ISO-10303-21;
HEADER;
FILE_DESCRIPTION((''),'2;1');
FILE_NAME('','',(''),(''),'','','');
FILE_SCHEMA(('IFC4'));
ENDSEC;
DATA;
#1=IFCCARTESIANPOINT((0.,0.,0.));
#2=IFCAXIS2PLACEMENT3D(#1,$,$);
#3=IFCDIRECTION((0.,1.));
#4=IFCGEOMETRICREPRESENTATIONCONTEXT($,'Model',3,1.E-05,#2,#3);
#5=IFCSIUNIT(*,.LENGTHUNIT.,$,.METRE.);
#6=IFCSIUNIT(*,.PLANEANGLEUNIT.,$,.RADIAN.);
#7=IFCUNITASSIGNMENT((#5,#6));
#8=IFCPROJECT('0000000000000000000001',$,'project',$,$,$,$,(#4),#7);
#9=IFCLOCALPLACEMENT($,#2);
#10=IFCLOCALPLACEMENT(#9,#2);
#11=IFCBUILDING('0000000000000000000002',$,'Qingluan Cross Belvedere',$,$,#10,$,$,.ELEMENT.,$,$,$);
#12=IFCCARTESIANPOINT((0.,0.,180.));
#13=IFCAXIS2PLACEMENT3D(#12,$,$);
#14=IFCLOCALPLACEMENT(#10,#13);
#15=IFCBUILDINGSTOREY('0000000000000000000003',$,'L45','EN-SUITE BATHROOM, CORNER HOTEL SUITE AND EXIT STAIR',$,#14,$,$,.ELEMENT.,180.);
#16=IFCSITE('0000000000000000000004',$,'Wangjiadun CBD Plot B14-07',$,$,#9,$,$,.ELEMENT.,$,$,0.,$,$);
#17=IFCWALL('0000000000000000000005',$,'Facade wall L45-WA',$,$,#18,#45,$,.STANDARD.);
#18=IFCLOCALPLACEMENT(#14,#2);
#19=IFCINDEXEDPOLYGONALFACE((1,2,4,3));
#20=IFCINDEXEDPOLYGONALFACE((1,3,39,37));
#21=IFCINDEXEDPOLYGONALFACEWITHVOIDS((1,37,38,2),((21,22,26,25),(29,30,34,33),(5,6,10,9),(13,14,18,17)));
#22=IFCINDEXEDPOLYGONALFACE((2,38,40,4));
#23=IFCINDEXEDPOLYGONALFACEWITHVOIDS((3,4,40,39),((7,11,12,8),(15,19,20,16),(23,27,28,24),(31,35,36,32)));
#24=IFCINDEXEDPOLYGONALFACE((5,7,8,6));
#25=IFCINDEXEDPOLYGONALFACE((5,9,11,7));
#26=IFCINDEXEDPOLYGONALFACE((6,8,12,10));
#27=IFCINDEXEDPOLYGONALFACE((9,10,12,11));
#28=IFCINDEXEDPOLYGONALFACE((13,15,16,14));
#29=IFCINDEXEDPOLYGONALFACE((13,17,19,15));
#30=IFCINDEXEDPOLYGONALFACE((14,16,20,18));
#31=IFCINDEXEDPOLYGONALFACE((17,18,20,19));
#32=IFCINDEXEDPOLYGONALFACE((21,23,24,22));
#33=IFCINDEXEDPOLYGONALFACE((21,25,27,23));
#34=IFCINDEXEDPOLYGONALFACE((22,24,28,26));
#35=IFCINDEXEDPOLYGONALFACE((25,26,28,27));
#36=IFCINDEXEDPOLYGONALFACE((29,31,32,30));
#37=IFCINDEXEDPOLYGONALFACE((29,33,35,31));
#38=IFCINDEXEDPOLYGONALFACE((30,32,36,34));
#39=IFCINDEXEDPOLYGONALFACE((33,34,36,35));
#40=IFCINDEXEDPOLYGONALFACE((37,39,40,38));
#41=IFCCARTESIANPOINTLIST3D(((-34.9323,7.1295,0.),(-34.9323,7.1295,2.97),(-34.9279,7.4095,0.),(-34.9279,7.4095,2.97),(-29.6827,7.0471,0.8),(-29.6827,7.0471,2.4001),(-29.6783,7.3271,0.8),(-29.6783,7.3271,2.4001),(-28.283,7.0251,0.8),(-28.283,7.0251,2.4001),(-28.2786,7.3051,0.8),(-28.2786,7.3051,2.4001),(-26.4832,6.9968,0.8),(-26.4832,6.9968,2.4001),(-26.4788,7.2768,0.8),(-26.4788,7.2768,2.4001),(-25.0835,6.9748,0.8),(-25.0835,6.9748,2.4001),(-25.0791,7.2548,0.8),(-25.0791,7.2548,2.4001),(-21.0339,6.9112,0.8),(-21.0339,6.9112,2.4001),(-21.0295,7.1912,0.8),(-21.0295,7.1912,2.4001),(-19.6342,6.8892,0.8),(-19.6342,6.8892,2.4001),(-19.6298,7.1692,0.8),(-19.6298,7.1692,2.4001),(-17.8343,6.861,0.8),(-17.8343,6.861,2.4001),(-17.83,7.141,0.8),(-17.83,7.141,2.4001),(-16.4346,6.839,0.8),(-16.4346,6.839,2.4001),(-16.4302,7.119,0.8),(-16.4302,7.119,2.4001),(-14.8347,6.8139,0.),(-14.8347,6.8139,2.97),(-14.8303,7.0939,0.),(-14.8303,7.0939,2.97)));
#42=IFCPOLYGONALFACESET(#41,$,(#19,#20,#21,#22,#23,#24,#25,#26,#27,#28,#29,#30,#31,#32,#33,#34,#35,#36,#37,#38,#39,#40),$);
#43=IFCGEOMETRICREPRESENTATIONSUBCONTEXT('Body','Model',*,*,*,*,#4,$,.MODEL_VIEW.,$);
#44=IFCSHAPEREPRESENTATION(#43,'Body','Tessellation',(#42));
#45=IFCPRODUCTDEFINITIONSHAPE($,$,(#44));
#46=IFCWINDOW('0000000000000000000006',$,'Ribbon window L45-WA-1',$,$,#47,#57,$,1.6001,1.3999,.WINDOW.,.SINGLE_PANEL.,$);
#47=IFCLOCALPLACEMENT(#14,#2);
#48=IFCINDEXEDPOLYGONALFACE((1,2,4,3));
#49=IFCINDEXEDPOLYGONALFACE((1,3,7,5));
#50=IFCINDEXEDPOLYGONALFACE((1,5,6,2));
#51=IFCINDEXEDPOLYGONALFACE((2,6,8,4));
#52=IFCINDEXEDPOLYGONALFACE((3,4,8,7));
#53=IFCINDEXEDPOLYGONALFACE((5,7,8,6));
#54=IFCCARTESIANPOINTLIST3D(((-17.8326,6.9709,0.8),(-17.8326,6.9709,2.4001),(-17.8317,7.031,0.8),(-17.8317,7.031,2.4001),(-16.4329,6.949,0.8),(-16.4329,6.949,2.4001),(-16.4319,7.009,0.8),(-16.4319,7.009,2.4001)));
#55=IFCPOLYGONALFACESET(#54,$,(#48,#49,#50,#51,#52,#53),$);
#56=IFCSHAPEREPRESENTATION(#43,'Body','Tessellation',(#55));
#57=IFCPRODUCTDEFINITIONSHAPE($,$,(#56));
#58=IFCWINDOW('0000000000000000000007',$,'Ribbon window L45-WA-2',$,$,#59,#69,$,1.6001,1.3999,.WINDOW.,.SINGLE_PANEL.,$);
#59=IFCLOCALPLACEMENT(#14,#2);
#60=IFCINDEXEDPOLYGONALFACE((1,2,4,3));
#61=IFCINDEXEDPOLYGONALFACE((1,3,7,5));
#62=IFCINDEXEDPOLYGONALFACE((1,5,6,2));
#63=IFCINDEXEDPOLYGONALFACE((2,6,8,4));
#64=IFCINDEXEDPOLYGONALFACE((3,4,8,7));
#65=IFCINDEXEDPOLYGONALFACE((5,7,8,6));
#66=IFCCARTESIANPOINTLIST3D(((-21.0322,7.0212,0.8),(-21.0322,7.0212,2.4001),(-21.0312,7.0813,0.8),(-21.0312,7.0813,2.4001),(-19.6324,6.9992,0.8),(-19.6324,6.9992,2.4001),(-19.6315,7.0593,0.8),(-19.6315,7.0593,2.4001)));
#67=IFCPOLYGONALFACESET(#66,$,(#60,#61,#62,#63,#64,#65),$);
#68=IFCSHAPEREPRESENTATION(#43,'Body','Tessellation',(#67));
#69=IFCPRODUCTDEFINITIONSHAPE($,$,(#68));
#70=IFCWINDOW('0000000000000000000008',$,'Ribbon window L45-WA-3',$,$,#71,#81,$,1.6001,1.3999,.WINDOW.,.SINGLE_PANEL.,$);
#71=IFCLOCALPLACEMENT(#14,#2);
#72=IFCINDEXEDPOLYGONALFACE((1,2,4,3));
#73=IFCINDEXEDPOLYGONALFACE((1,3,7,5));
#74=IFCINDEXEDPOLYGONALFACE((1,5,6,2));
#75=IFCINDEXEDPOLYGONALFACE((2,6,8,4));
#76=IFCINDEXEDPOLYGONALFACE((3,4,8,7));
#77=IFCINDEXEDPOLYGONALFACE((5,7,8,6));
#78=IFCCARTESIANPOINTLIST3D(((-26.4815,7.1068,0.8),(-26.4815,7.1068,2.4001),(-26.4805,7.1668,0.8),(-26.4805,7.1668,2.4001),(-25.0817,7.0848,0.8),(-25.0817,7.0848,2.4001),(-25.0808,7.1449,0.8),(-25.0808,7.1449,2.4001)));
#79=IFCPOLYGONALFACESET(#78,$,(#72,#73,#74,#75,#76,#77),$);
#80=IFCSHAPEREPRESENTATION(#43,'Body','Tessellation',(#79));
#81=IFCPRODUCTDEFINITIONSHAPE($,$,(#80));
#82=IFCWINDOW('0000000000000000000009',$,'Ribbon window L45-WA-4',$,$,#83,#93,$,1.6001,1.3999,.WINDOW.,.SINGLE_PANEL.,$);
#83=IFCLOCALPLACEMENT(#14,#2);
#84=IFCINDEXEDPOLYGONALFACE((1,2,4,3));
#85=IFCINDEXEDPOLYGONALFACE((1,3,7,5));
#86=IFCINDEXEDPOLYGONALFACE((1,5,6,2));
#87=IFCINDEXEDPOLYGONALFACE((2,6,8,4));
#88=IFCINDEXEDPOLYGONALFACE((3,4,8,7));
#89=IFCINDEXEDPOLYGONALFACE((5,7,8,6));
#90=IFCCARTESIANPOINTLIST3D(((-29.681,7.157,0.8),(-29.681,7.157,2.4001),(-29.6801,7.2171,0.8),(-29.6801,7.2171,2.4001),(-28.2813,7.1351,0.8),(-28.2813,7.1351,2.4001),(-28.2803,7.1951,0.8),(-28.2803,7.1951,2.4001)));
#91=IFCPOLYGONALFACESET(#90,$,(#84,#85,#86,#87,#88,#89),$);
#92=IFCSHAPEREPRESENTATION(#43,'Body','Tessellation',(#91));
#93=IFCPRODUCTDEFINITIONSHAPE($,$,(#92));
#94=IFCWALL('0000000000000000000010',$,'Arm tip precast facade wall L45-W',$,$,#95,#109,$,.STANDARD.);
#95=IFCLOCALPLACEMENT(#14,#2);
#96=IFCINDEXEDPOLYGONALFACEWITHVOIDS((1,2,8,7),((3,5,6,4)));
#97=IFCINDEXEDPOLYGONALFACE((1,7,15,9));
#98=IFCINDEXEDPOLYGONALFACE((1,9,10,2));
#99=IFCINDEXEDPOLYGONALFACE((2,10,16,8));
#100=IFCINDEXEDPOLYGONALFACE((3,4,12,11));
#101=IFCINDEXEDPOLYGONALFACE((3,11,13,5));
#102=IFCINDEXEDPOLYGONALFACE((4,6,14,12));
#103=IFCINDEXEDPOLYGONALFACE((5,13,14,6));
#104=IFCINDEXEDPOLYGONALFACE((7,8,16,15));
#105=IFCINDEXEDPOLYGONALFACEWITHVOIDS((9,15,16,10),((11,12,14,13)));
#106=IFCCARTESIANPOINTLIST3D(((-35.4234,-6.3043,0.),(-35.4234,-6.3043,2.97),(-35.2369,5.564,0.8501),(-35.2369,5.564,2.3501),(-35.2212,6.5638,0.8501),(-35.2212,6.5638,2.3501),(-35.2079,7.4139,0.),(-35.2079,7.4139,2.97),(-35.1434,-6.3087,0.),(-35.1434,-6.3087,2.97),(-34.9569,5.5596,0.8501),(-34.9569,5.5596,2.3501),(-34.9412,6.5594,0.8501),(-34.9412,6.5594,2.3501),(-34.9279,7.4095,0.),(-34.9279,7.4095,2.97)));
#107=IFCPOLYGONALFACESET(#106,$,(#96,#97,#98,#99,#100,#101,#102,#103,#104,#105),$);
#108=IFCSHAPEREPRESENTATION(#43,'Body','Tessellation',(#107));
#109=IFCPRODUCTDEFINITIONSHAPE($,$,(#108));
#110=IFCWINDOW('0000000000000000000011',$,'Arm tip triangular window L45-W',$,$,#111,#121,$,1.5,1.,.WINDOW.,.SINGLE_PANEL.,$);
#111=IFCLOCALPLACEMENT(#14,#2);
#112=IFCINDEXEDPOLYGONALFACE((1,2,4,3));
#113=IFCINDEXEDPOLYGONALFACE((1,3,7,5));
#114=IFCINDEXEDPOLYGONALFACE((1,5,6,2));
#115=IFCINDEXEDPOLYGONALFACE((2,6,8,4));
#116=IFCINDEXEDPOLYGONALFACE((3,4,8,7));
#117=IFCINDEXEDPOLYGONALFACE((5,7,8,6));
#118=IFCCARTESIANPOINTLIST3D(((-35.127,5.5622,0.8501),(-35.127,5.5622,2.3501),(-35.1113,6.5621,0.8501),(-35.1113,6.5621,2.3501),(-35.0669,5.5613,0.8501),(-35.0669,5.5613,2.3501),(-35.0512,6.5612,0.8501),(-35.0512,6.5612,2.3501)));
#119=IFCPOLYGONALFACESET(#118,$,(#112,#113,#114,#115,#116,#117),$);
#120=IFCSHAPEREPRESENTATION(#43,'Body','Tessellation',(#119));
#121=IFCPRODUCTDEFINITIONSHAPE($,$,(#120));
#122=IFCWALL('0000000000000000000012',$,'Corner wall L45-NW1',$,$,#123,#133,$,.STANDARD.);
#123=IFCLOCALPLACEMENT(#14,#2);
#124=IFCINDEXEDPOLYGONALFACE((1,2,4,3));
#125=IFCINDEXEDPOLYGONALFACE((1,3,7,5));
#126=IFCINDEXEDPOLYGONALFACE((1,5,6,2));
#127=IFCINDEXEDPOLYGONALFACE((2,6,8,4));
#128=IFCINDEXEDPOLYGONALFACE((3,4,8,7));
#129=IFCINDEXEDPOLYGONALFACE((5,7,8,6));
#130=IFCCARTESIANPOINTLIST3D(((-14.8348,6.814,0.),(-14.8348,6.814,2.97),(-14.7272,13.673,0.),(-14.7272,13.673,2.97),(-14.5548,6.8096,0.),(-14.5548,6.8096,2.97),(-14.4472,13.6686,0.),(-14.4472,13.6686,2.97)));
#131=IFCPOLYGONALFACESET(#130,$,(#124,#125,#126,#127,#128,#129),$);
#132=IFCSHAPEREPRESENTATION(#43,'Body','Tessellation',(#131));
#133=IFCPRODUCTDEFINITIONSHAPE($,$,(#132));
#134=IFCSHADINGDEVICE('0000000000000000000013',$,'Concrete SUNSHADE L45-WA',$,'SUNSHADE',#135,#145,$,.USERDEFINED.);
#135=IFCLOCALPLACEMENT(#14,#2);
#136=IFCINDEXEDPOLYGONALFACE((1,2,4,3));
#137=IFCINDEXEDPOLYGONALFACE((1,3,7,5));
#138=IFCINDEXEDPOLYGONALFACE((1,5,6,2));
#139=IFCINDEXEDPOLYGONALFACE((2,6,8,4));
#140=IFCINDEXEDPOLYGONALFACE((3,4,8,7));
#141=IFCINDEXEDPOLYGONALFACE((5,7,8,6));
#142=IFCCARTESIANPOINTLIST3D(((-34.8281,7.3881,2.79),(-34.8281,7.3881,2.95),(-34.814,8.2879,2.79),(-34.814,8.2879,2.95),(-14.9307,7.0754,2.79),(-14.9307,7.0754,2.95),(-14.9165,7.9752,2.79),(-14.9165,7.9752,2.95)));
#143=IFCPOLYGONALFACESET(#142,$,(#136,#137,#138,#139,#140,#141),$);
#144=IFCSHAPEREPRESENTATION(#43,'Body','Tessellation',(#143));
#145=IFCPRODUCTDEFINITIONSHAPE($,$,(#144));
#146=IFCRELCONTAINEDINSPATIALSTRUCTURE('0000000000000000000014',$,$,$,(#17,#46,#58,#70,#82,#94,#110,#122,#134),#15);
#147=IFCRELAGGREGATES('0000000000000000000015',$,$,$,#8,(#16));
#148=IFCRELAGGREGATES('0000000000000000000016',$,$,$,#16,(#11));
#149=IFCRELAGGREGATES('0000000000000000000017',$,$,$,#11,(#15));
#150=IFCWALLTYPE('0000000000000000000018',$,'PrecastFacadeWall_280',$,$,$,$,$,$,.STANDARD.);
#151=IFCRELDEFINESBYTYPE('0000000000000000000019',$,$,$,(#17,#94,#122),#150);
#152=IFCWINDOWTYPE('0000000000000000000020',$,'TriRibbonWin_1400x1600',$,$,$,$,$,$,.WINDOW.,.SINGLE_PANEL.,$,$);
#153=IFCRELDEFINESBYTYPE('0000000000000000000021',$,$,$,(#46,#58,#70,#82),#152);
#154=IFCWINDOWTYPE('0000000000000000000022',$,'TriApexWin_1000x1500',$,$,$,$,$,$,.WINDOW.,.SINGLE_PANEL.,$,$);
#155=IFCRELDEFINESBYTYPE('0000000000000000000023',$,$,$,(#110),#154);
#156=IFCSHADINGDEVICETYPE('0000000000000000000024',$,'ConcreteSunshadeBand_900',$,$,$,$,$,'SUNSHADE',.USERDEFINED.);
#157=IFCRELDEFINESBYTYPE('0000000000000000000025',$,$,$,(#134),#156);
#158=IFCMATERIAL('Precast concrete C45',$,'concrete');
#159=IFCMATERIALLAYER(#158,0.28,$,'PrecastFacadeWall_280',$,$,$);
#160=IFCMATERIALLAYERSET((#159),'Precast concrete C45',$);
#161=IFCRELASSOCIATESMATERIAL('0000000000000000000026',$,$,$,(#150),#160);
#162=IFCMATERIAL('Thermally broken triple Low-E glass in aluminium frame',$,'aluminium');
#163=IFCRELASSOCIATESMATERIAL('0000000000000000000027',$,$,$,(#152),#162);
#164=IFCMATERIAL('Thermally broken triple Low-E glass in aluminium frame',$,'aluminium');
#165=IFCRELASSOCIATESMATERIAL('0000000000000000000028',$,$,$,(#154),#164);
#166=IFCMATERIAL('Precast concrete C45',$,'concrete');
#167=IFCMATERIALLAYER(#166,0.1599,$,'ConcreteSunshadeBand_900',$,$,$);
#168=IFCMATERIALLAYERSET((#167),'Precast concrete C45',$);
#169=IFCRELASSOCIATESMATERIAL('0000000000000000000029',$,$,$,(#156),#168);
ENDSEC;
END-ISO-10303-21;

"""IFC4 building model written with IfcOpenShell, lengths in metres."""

from ifc_helpers import new_model, si_unit, direction, frame, frame_2d, origin, origin_2d, place, context, subcontext, project, spatial, rectangle, extrude, material, layer, layer_set, type_object, element, fill, save


model = new_model("IFC4")

# Units and contexts
model_context = context("Model", 3, precision=1e-05, world=origin(), true_north=direction((0.0, 1.0)))
body_context = subcontext(model_context, "Body", "Model", "MODEL_VIEW")
ifc_project = project(units=[si_unit("LENGTHUNIT", "METRE"), si_unit("PLANEANGLEUNIT", "RADIAN")], contexts=[model_context])

# Site, building, storey
site_placement = place(None, origin())
site = spatial("IfcSite", under=ifc_project, at=site_placement, Name="Wangjiadun CBD Plot B14-07", CompositionType="ELEMENT", RefElevation=0.0)
building_placement = place(site_placement, origin())
building = spatial("IfcBuilding", under=site, at=building_placement, Name="Qingluan Cross Belvedere", CompositionType="ELEMENT")
storey_placement = place(building_placement, frame((0.0, 0.0, 180.0)))
storey = spatial("IfcBuildingStorey", under=building, at=storey_placement, Name="L45", Description="EN-SUITE BATHROOM, CORNER HOTEL SUITE AND EXIT STAIR", CompositionType="ELEMENT", Elevation=180.0)

# Wall, openings, windows
ifc_material_1 = material(Name="Precast concrete C45", Category="concrete")
ifc_layer_1 = layer(ifc_material_1, 0.28, Name="PrecastFacadeWall_280")
ifc_layer_set_1 = layer_set([ifc_layer_1], Name="Precast concrete C45")
wall_type_1 = type_object("IfcWallType", Name="PrecastFacadeWall_280", PredefinedType="STANDARD", material=ifc_layer_set_1)
wall_1_placement = place(storey_placement, frame((-14.8325, 6.9539, 0.0), z_axis=(0.0, 0.0, 1.0), x_axis=(-0.999877, 0.015705, 0.0)))
wall_1 = element("IfcWall", 1, at=wall_1_placement, inside=storey, type_object=wall_type_1, Name="Facade wall L45-WA", PredefinedType="STANDARD", context=body_context, shape_type="SweptSolid", body=[
    extrude(rectangle(XDim=20.1001, YDim=0.28, at=frame_2d((10.05, 0.0))), origin(), (0.0, 0.0, 1.0), 2.97),
])
opening_1_placement = place(wall_1_placement, frame((1.6001, 0.0, 0.8)))
opening_1 = element("IfcOpeningElement", 2, at=opening_1_placement, cuts=wall_1, PredefinedType="OPENING", context=body_context, shape_type="SweptSolid", body=[
    extrude(rectangle(XDim=1.3999, YDim=1.6001, at=frame_2d((0.7, 0.8))), frame((0.0, 0.1499, 0.0), z_axis=(0.0, -1.0, 0.0), x_axis=(1.0, 0.0, 0.0)), (0.0, 0.0, 1.0), 0.3),
])
opening_2_placement = place(wall_1_placement, frame((4.8, 0.0, 0.8)))
opening_2 = element("IfcOpeningElement", 3, at=opening_2_placement, cuts=wall_1, PredefinedType="OPENING", context=body_context, shape_type="SweptSolid", body=[
    extrude(rectangle(XDim=1.3999, YDim=1.6001, at=frame_2d((0.7, 0.8))), frame((0.0, 0.1499, 0.0), z_axis=(0.0, -1.0, 0.0), x_axis=(1.0, 0.0, 0.0)), (0.0, 0.0, 1.0), 0.3),
])
opening_3_placement = place(wall_1_placement, frame((10.25, 0.0, 0.8)))
opening_3 = element("IfcOpeningElement", 4, at=opening_3_placement, cuts=wall_1, PredefinedType="OPENING", context=body_context, shape_type="SweptSolid", body=[
    extrude(rectangle(XDim=1.3999, YDim=1.6001, at=frame_2d((0.7, 0.8))), frame((0.0, 0.1499, 0.0), z_axis=(0.0, -1.0, 0.0), x_axis=(1.0, 0.0, 0.0)), (0.0, 0.0, 1.0), 0.3),
])
opening_4_placement = place(wall_1_placement, frame((13.45, 0.0, 0.8)))
opening_4 = element("IfcOpeningElement", 5, at=opening_4_placement, cuts=wall_1, PredefinedType="OPENING", context=body_context, shape_type="SweptSolid", body=[
    extrude(rectangle(XDim=1.3999, YDim=1.6001, at=frame_2d((0.7, 0.8))), frame((0.0, 0.1499, 0.0), z_axis=(0.0, -1.0, 0.0), x_axis=(1.0, 0.0, 0.0)), (0.0, 0.0, 1.0), 0.3),
])
ifc_material_2 = material(Name="Thermally broken triple Low-E glass in aluminium frame", Category="aluminium")
window_type_1 = type_object("IfcWindowType", Name="TriRibbonWin_1400x1600", PartitioningType="SINGLE_PANEL", PredefinedType="WINDOW", material=ifc_material_2)
window_1_placement = place(opening_1_placement, origin())
window_1 = element("IfcWindow", 6, at=window_1_placement, inside=storey, type_object=window_type_1, Name="Ribbon window L45-WA-1", OverallHeight=1.6001, OverallWidth=1.3999, PartitioningType="SINGLE_PANEL", PredefinedType="WINDOW", context=body_context, shape_type="SweptSolid", body=[
    extrude(rectangle(XDim=1.3999, YDim=1.6001, at=frame_2d((0.7, 0.8))), frame((0.0, 0.03, 0.0), z_axis=(0.0, -1.0, 0.0), x_axis=(1.0, 0.0, 0.0)), (0.0, 0.0, 1.0), 0.0601),
])
fill(opening_1, window_1)
window_2_placement = place(opening_2_placement, origin())
window_2 = element("IfcWindow", 7, at=window_2_placement, inside=storey, type_object=window_type_1, Name="Ribbon window L45-WA-2", OverallHeight=1.6001, OverallWidth=1.3999, PartitioningType="SINGLE_PANEL", PredefinedType="WINDOW", context=body_context, shape_type="SweptSolid", body=[
    extrude(rectangle(XDim=1.3999, YDim=1.6001, at=frame_2d((0.7, 0.8))), frame((0.0, 0.03, 0.0), z_axis=(0.0, -1.0, 0.0), x_axis=(1.0, 0.0, 0.0)), (0.0, 0.0, 1.0), 0.0601),
])
fill(opening_2, window_2)
window_3_placement = place(opening_3_placement, origin())
window_3 = element("IfcWindow", 8, at=window_3_placement, inside=storey, type_object=window_type_1, Name="Ribbon window L45-WA-3", OverallHeight=1.6001, OverallWidth=1.3999, PartitioningType="SINGLE_PANEL", PredefinedType="WINDOW", context=body_context, shape_type="SweptSolid", body=[
    extrude(rectangle(XDim=1.3999, YDim=1.6001, at=frame_2d((0.7, 0.8))), frame((0.0, 0.03, 0.0), z_axis=(0.0, -1.0, 0.0), x_axis=(1.0, 0.0, 0.0)), (0.0, 0.0, 1.0), 0.0601),
])
fill(opening_3, window_3)
window_4_placement = place(opening_4_placement, origin())
window_4 = element("IfcWindow", 9, at=window_4_placement, inside=storey, type_object=window_type_1, Name="Ribbon window L45-WA-4", OverallHeight=1.6001, OverallWidth=1.3999, PartitioningType="SINGLE_PANEL", PredefinedType="WINDOW", context=body_context, shape_type="SweptSolid", body=[
    extrude(rectangle(XDim=1.3999, YDim=1.6001, at=frame_2d((0.7, 0.8))), frame((0.0, 0.03, 0.0), z_axis=(0.0, -1.0, 0.0), x_axis=(1.0, 0.0, 0.0)), (0.0, 0.0, 1.0), 0.0601),
])
fill(opening_4, window_4)

# Wall, opening, window
wall_2_placement = place(storey_placement, frame((-35.0679, 7.4116, 0.0), z_axis=(0.0, 0.0, 1.0), x_axis=(-0.015713, -0.999877, 0.0)))
wall_2 = element("IfcWall", 10, at=wall_2_placement, inside=storey, type_object=wall_type_1, Name="Arm tip precast facade wall L45-W", PredefinedType="STANDARD", context=body_context, shape_type="SweptSolid", body=[
    extrude(rectangle(XDim=13.72, YDim=0.28, at=frame_2d((6.8599, 0.0))), origin(), (0.0, 0.0, 1.0), 2.97),
])
opening_5_placement = place(wall_2_placement, frame((0.8501, 0.0, 0.8501)))
opening_5 = element("IfcOpeningElement", 11, at=opening_5_placement, cuts=wall_2, PredefinedType="OPENING", context=body_context, shape_type="SweptSolid", body=[
    extrude(rectangle(XDim=1.0, YDim=1.5, at=frame_2d((0.5, 0.75))), frame((0.0, 0.1499, 0.0), z_axis=(0.0, -1.0, 0.0), x_axis=(1.0, 0.0, 0.0)), (0.0, 0.0, 1.0), 0.3),
])
ifc_material_3 = material(Name="Thermally broken triple Low-E glass in aluminium frame", Category="aluminium")
window_type_2 = type_object("IfcWindowType", Name="TriApexWin_1000x1500", PartitioningType="SINGLE_PANEL", PredefinedType="WINDOW", material=ifc_material_3)
window_5_placement = place(opening_5_placement, origin())
window_5 = element("IfcWindow", 12, at=window_5_placement, inside=storey, type_object=window_type_2, Name="Arm tip triangular window L45-W", OverallHeight=1.5, OverallWidth=1.0, PartitioningType="SINGLE_PANEL", PredefinedType="WINDOW", context=body_context, shape_type="SweptSolid", body=[
    extrude(rectangle(XDim=1.0, YDim=1.5, at=frame_2d((0.5, 0.75))), frame((0.0, 0.03, 0.0), z_axis=(0.0, -1.0, 0.0), x_axis=(1.0, 0.0, 0.0)), (0.0, 0.0, 1.0), 0.0601),
])
fill(opening_5, window_5)

# Wall
wall_3_placement = place(storey_placement, frame((-14.6948, 6.8118, 0.0), z_axis=(0.0, 0.0, 1.0), x_axis=(0.015695, 0.999877, 0.0)))
element("IfcWall", 13, at=wall_3_placement, inside=storey, type_object=wall_type_1, Name="Corner wall L45-NW1", PredefinedType="STANDARD", context=body_context, shape_type="SweptSolid", body=[
    extrude(rectangle(XDim=6.8599, YDim=0.28, at=frame_2d((3.4299, 0.0))), origin(), (0.0, 0.0, 1.0), 2.97),
])

# Shading device
ifc_material_4 = material(Name="Precast concrete C45", Category="concrete")
ifc_layer_2 = layer(ifc_material_4, 0.1599, Name="ConcreteSunshadeBand_900")
ifc_layer_set_2 = layer_set([ifc_layer_2], Name="Precast concrete C45")
shading_device_type = type_object("IfcShadingDeviceType", Name="ConcreteSunshadeBand_900", ElementType="SUNSHADE", PredefinedType="USERDEFINED", material=ifc_layer_set_2)
shading_device_placement = place(storey_placement, frame((-24.8723, 7.6816, 2.79), z_axis=(0.0, 0.0, 1.0), x_axis=(-0.999877, 0.015711, 0.0)))
element("IfcShadingDevice", 14, at=shading_device_placement, inside=storey, type_object=shading_device_type, Name="Concrete SUNSHADE L45-WA", ObjectType="SUNSHADE", PredefinedType="USERDEFINED", context=body_context, shape_type="SweptSolid", body=[
    extrude(rectangle(XDim=19.8999, YDim=0.8999, at=origin_2d()), origin(), (0.0, 0.0, 1.0), 0.1599),
])

save(model, "model.ifc")
